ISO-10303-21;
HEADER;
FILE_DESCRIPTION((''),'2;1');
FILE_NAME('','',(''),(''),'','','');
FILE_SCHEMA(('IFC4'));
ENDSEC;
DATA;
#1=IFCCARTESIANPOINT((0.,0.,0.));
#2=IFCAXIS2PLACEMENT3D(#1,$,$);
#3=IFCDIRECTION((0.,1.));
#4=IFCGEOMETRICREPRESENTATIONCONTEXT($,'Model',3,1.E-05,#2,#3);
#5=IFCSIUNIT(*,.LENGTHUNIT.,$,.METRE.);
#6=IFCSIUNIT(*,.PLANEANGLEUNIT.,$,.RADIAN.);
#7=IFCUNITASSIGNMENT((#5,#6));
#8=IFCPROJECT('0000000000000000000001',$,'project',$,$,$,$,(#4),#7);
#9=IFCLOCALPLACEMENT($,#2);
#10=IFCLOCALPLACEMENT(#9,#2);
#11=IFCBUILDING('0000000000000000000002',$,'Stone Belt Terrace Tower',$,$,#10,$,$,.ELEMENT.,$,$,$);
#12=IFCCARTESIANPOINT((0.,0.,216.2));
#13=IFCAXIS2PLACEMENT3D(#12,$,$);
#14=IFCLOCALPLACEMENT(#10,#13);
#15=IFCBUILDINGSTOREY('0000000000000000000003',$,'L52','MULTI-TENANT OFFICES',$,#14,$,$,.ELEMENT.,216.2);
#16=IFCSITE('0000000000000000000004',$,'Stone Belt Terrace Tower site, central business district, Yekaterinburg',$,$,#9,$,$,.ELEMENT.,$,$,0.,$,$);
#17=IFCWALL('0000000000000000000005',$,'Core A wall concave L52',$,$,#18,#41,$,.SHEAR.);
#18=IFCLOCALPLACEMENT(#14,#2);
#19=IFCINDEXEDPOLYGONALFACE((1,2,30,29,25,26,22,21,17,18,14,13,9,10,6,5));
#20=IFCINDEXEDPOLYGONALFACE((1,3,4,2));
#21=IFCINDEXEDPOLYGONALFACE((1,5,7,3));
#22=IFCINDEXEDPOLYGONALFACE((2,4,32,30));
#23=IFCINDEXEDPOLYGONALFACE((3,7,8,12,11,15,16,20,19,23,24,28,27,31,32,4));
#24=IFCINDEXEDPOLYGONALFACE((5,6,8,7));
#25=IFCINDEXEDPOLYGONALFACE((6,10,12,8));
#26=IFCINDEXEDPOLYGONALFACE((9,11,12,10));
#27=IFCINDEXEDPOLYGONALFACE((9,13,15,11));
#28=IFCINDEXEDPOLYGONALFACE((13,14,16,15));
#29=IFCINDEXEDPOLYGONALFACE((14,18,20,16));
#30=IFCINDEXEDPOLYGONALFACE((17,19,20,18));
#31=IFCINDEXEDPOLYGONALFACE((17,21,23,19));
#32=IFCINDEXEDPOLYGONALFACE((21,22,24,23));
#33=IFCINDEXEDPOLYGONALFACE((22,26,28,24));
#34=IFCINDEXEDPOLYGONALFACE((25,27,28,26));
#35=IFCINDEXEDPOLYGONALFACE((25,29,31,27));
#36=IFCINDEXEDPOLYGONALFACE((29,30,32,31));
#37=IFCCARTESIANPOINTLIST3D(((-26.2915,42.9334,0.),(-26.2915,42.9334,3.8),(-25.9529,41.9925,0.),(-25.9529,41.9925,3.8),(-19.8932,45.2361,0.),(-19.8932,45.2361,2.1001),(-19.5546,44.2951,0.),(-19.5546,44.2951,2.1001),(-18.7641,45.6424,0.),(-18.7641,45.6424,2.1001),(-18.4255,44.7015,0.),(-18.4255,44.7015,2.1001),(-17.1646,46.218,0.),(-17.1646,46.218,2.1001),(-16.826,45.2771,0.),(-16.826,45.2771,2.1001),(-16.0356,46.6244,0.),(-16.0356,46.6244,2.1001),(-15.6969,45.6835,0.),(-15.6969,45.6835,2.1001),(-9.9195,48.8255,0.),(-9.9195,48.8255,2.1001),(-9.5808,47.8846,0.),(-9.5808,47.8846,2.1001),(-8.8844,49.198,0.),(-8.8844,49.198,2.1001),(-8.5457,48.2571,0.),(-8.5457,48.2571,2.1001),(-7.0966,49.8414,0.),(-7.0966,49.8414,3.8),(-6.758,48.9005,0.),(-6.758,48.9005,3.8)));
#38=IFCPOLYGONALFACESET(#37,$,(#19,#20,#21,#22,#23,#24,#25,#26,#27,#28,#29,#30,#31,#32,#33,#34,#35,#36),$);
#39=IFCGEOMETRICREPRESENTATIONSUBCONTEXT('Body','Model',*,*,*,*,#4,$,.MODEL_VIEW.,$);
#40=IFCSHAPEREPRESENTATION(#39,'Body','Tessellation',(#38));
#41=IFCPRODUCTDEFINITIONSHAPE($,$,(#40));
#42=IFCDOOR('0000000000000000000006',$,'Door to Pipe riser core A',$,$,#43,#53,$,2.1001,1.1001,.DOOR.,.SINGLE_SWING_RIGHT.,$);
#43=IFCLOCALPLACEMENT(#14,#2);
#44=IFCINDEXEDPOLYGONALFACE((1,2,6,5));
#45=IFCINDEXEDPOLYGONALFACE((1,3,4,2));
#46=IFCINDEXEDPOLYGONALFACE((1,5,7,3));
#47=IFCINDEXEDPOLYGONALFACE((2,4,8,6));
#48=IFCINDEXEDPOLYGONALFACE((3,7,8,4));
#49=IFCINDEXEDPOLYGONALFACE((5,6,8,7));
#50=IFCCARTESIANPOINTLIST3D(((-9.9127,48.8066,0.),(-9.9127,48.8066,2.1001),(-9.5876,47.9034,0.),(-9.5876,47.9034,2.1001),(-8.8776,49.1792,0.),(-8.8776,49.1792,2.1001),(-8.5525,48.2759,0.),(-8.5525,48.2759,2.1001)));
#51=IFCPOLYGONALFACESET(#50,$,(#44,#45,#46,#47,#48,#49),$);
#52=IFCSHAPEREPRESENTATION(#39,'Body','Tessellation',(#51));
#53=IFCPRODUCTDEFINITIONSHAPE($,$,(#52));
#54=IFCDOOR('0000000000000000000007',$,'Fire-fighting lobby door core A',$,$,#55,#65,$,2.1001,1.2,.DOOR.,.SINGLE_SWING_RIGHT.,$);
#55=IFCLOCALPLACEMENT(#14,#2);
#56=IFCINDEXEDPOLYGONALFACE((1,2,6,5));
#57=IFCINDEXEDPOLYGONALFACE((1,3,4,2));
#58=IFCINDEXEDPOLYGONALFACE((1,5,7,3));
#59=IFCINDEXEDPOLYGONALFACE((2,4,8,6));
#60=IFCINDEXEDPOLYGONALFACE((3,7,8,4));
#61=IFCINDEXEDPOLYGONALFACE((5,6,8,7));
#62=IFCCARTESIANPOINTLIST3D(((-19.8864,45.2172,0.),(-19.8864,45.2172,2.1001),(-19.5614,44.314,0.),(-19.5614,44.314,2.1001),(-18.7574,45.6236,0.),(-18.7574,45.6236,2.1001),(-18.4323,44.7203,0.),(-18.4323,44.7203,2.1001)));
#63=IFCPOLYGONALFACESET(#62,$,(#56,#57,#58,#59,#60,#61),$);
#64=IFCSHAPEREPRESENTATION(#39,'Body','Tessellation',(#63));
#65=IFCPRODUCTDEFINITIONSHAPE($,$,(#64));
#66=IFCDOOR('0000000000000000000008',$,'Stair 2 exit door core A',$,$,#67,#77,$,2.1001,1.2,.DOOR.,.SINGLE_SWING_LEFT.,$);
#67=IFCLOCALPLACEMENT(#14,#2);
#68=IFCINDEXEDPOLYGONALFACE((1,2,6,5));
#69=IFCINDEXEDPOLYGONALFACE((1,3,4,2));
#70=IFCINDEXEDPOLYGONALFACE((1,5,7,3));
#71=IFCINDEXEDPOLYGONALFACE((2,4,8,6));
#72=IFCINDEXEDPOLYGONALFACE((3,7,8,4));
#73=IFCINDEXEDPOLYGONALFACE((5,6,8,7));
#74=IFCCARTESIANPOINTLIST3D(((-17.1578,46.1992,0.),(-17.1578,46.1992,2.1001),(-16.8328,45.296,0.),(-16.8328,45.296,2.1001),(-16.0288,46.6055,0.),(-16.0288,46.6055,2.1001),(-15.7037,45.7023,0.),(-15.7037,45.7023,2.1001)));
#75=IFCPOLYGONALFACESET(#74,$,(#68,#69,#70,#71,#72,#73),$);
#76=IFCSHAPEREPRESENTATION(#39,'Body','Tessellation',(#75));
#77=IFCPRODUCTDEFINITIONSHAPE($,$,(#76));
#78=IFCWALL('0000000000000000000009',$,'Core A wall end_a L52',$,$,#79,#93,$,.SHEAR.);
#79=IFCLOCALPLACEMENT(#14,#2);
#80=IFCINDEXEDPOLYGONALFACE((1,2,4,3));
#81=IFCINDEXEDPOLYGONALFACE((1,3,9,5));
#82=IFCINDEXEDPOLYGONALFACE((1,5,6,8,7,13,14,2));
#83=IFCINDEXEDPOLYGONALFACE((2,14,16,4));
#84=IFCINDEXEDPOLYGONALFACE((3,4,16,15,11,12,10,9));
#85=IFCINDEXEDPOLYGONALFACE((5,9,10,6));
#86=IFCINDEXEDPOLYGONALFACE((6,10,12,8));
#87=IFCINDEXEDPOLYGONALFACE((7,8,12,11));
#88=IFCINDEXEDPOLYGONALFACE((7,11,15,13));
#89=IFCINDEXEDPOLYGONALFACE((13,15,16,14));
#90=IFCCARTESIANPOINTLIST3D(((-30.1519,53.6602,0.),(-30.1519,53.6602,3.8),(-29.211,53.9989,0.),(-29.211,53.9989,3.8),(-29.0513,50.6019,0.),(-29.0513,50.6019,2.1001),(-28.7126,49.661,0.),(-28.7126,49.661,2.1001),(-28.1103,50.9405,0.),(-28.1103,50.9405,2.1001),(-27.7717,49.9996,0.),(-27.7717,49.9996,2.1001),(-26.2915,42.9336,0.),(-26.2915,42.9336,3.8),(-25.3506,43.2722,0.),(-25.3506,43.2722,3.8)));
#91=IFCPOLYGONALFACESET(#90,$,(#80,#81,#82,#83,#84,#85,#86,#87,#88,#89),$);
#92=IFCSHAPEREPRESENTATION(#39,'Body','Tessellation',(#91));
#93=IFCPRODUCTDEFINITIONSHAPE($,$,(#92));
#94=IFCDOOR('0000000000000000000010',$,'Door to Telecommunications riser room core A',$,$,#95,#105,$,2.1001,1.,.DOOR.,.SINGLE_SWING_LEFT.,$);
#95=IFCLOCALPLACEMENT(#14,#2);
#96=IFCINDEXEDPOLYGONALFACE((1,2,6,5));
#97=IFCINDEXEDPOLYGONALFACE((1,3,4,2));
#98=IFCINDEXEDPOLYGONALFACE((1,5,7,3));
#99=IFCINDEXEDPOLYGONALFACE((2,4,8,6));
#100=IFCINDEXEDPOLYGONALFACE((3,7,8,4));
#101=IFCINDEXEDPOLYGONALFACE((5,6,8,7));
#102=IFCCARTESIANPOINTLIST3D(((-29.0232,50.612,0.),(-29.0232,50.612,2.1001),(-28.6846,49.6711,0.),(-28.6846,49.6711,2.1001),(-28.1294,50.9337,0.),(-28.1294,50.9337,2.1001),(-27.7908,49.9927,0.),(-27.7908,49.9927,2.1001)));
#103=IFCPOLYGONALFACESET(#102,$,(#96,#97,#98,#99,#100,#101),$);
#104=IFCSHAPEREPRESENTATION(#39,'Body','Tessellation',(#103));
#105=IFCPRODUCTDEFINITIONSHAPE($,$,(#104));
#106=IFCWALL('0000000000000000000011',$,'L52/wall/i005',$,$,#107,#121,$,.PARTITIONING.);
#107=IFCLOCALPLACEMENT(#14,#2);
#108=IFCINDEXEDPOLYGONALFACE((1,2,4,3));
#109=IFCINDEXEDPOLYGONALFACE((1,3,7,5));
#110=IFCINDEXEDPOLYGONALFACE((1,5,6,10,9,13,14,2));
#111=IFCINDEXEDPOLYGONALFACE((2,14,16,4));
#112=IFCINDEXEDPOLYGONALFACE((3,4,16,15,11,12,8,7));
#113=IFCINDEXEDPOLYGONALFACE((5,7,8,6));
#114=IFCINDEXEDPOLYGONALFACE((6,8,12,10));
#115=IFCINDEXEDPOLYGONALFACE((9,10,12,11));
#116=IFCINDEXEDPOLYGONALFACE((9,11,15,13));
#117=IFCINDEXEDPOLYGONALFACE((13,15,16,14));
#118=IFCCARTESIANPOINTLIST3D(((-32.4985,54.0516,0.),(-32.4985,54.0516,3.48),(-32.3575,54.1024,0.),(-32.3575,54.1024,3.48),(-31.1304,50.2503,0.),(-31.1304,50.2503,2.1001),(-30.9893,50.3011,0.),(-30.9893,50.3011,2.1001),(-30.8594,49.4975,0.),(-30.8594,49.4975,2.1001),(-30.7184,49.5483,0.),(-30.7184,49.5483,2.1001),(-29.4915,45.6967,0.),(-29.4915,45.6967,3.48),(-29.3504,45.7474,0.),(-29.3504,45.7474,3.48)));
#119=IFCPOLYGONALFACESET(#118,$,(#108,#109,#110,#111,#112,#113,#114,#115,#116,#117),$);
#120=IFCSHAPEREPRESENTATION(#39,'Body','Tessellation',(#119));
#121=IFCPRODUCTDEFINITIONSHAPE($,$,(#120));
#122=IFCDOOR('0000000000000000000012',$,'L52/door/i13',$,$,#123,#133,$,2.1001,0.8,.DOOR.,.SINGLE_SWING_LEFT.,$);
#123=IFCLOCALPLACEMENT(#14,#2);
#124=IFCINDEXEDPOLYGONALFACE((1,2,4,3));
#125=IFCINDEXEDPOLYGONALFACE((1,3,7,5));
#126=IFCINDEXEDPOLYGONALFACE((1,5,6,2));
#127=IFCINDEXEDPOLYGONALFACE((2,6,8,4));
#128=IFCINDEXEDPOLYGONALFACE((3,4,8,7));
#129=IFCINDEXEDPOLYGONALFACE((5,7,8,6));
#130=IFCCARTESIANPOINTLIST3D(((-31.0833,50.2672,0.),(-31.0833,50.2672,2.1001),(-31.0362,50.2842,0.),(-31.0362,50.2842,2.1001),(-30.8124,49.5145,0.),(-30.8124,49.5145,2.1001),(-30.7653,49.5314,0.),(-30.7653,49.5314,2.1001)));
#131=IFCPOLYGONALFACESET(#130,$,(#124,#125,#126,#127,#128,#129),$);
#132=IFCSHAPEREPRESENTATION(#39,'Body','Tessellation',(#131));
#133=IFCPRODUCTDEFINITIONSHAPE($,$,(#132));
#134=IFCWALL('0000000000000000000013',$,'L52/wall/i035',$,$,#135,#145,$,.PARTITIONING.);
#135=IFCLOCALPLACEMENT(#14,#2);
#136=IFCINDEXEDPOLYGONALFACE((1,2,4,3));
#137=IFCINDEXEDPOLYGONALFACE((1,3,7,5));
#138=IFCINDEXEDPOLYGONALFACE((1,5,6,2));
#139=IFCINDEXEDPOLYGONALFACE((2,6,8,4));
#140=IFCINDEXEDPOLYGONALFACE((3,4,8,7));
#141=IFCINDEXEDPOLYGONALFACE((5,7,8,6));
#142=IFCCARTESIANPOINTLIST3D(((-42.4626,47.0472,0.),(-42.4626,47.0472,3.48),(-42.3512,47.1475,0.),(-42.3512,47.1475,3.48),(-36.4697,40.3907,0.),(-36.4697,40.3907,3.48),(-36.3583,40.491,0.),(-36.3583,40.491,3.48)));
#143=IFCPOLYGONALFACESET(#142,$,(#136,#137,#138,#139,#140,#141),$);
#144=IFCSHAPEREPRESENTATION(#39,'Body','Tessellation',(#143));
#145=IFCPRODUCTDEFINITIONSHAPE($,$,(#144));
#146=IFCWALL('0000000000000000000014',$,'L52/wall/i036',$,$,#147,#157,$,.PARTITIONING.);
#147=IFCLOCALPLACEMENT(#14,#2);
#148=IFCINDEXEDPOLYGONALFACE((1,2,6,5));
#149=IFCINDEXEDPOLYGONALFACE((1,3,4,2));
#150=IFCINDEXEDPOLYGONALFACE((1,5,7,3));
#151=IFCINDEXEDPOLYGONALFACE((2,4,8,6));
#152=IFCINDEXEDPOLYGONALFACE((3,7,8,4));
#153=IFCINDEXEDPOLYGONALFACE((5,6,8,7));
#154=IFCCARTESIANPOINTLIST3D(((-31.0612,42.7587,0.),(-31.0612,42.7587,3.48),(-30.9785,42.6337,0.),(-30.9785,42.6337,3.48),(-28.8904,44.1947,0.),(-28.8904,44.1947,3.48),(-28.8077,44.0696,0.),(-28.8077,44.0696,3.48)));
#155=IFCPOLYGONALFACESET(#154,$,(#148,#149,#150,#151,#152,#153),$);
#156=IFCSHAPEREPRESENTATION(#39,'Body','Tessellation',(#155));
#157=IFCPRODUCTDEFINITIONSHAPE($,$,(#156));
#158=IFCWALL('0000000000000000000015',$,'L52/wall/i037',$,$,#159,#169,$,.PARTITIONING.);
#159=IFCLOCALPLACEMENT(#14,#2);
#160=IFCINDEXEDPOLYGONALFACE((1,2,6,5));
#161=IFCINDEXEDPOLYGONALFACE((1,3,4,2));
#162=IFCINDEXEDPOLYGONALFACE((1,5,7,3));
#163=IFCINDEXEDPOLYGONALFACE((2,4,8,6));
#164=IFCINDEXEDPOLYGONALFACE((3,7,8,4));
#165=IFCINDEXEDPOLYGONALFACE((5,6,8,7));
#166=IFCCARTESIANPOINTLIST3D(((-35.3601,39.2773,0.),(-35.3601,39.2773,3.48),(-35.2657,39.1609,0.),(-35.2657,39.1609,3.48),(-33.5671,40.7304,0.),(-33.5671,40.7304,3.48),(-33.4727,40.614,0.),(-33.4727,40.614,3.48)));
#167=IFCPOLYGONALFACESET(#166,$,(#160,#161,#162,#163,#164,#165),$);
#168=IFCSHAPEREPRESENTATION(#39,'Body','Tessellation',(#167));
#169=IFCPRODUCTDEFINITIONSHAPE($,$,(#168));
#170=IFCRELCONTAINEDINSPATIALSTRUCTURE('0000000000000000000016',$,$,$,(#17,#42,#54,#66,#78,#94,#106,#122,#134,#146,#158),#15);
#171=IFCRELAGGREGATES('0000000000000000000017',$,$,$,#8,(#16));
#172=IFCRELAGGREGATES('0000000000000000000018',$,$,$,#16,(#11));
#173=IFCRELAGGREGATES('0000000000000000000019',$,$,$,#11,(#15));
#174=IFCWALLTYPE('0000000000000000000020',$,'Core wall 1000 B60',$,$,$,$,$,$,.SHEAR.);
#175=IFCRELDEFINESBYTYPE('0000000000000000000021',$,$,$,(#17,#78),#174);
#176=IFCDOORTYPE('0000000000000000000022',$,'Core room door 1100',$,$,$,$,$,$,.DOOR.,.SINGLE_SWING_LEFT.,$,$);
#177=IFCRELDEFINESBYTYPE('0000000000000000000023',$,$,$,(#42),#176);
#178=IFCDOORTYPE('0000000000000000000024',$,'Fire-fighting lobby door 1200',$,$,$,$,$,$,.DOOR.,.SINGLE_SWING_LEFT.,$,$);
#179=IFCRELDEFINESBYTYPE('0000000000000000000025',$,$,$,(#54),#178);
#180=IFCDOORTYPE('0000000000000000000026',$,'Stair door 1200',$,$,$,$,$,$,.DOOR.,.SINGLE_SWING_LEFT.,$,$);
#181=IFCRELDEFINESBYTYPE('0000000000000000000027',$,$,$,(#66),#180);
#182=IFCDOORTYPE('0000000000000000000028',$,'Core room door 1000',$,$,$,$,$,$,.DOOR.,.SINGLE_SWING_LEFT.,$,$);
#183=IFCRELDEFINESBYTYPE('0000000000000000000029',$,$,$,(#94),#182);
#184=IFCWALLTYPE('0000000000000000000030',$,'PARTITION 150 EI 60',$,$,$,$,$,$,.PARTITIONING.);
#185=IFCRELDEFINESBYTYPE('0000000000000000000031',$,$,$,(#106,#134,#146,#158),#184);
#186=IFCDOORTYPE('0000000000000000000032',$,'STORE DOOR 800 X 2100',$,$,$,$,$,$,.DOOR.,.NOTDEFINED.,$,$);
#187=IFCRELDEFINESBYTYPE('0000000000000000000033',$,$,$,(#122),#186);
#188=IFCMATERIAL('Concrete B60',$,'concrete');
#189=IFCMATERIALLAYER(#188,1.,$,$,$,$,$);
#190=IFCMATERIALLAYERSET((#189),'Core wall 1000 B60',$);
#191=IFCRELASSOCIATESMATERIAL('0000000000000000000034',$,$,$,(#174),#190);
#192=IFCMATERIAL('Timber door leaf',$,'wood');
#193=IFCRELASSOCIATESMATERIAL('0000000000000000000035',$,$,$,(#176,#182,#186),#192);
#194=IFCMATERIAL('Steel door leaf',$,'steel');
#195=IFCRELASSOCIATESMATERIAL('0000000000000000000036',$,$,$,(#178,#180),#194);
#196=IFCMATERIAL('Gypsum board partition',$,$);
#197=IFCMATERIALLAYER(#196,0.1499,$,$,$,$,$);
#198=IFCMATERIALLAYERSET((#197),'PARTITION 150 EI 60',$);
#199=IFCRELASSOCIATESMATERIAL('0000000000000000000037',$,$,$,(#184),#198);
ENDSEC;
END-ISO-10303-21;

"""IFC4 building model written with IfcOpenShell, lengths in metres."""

from ifc_helpers import new_model, si_unit, direction, frame, frame_2d, origin, place, context, subcontext, project, spatial, rectangle, extrude, material, layer, layer_set, type_object, element, fill, save


model = new_model("IFC4")

# Units and contexts
model_context = context("Model", 3, precision=1e-05, world=origin(), true_north=direction((0.0, 1.0)))
body_context = subcontext(model_context, "Body", "Model", "MODEL_VIEW")
ifc_project = project(units=[si_unit("LENGTHUNIT", "METRE"), si_unit("PLANEANGLEUNIT", "RADIAN")], contexts=[model_context])

# Site, building, storey
site_placement = place(None, origin())
site = spatial("IfcSite", under=ifc_project, at=site_placement, Name="Stone Belt Terrace Tower site, central business district, Yekaterinburg", CompositionType="ELEMENT", RefElevation=0.0)
building_placement = place(site_placement, origin())
building = spatial("IfcBuilding", under=site, at=building_placement, Name="Stone Belt Terrace Tower", CompositionType="ELEMENT")
storey_placement = place(building_placement, frame((0.0, 0.0, 216.2)))
storey = spatial("IfcBuildingStorey", under=building, at=storey_placement, Name="L52", Description="MULTI-TENANT OFFICES", CompositionType="ELEMENT", Elevation=216.2)

# Shared definitions
ifc_material_1 = material(Name="Concrete B60", Category="concrete")

# Wall, openings, doors
ifc_layer_1 = layer(ifc_material_1, 1.0)
ifc_layer_set_1 = layer_set([ifc_layer_1], Name="Core wall 1000 B60")
wall_type_1 = type_object("IfcWallType", Name="Core wall 1000 B60", PredefinedType="SHEAR", material=ifc_layer_set_1)
wall_1_placement = place(storey_placement, frame((-26.1223, 42.4629, 0.0), z_axis=(0.0, 0.0, 1.0), x_axis=(0.940921, 0.338625, 0.0)))
wall_1 = element("IfcWall", 1, at=wall_1_placement, inside=storey, type_object=wall_type_1, Name="Core A wall concave L52", PredefinedType="SHEAR", context=body_context, shape_type="SweptSolid", body=[
    extrude(rectangle(XDim=20.4001, YDim=1.0, at=frame_2d((10.2002, 0.0))), origin(), (0.0, 0.0, 1.0), 3.8),
])
opening_1_placement = place(wall_1_placement, frame((6.8, 0.0, 0.0)))
opening_1 = element("IfcOpeningElement", 2, at=opening_1_placement, cuts=wall_1, PredefinedType="OPENING", context=body_context, shape_type="SweptSolid", body=[
    extrude(rectangle(XDim=1.2, YDim=2.1001, at=frame_2d((0.6001, 1.05))), frame((0.0, 0.51, 0.0), z_axis=(0.0, -1.0, 0.0), x_axis=(1.0, 0.0, 0.0)), (0.0, 0.0, 1.0), 1.02),
])
opening_2_placement = place(wall_1_placement, frame((9.7, 0.0, 0.0)))
opening_2 = element("IfcOpeningElement", 3, at=opening_2_placement, cuts=wall_1, PredefinedType="OPENING", context=body_context, shape_type="SweptSolid", body=[
    extrude(rectangle(XDim=1.2, YDim=2.1001, at=frame_2d((0.6001, 1.05))), frame((0.0, 0.51, 0.0), z_axis=(0.0, -1.0, 0.0), x_axis=(1.0, 0.0, 0.0)), (0.0, 0.0, 1.0), 1.02),
])
opening_3_placement = place(wall_1_placement, frame((17.4001, 0.0, 0.0)))
opening_3 = element("IfcOpeningElement", 4, at=opening_3_placement, cuts=wall_1, PredefinedType="OPENING", context=body_context, shape_type="SweptSolid", body=[
    extrude(rectangle(XDim=1.1001, YDim=2.1001, at=frame_2d((0.55, 1.05))), frame((0.0, 0.51, 0.0), z_axis=(0.0, -1.0, 0.0), x_axis=(1.0, 0.0, 0.0)), (0.0, 0.0, 1.0), 1.02),
])
ifc_material_2 = material(Name="Timber door leaf", Category="wood")
door_type_1 = type_object("IfcDoorType", Name="Core room door 1100", OperationType="SINGLE_SWING_LEFT", PredefinedType="DOOR", material=ifc_material_2)
door_1_placement = place(opening_3_placement, origin())
door_1 = element("IfcDoor", 5, at=door_1_placement, inside=storey, type_object=door_type_1, Name="Door to Pipe riser core A", OperationType="SINGLE_SWING_RIGHT", OverallHeight=2.1001, OverallWidth=1.1001, PredefinedType="DOOR", context=body_context, shape_type="SweptSolid", body=[
    extrude(rectangle(XDim=1.1001, YDim=2.1001, at=frame_2d((0.55, 1.05))), frame((0.0, 0.48, 0.0), z_axis=(0.0, -1.0, 0.0), x_axis=(1.0, 0.0, 0.0)), (0.0, 0.0, 1.0), 0.96),
])
fill(opening_3, door_1)
ifc_material_3 = material(Name="Steel door leaf", Category="steel")
door_type_2 = type_object("IfcDoorType", Name="Fire-fighting lobby door 1200", OperationType="SINGLE_SWING_LEFT", PredefinedType="DOOR", material=ifc_material_3)
door_2_placement = place(opening_1_placement, origin())
door_2 = element("IfcDoor", 6, at=door_2_placement, inside=storey, type_object=door_type_2, Name="Fire-fighting lobby door core A", OperationType="SINGLE_SWING_RIGHT", OverallHeight=2.1001, OverallWidth=1.2, PredefinedType="DOOR", context=body_context, shape_type="SweptSolid", body=[
    extrude(rectangle(XDim=1.2, YDim=2.1001, at=frame_2d((0.6001, 1.05))), frame((0.0, 0.48, 0.0), z_axis=(0.0, -1.0, 0.0), x_axis=(1.0, 0.0, 0.0)), (0.0, 0.0, 1.0), 0.96),
])
fill(opening_1, door_2)
door_type_3 = type_object("IfcDoorType", Name="Stair door 1200", OperationType="SINGLE_SWING_LEFT", PredefinedType="DOOR", material=ifc_material_3)
door_3_placement = place(opening_2_placement, origin())
door_3 = element("IfcDoor", 7, at=door_3_placement, inside=storey, type_object=door_type_3, Name="Stair 2 exit door core A", OperationType="SINGLE_SWING_LEFT", OverallHeight=2.1001, OverallWidth=1.2, PredefinedType="DOOR", context=body_context, shape_type="SweptSolid", body=[
    extrude(rectangle(XDim=1.2, YDim=2.1001, at=frame_2d((0.6001, 1.05))), frame((0.0, 0.48, 0.0), z_axis=(0.0, -1.0, 0.0), x_axis=(1.0, 0.0, 0.0)), (0.0, 0.0, 1.0), 0.96),
])
fill(opening_2, door_3)

# Walls, openings, doors
wall_2_placement = place(storey_placement, frame((-25.821, 43.1028, 0.0), z_axis=(0.0, 0.0, 1.0), x_axis=(-0.338625, 0.940921, 0.0)))
wall_2 = element("IfcWall", 8, at=wall_2_placement, inside=storey, type_object=wall_type_1, Name="Core A wall end_a L52", PredefinedType="SHEAR", context=body_context, shape_type="SweptSolid", body=[
    extrude(rectangle(XDim=11.4001, YDim=1.0, at=frame_2d((5.7002, 0.0))), origin(), (0.0, 0.0, 1.0), 3.8),
])
opening_4_placement = place(wall_2_placement, frame((7.1499, 0.0, 0.0)))
opening_4 = element("IfcOpeningElement", 9, at=opening_4_placement, cuts=wall_2, PredefinedType="OPENING", context=body_context, shape_type="SweptSolid", body=[
    extrude(rectangle(XDim=1.0, YDim=2.1001, at=frame_2d((0.5, 1.05))), frame((0.0, 0.51, 0.0), z_axis=(0.0, -1.0, 0.0), x_axis=(1.0, 0.0, 0.0)), (0.0, 0.0, 1.0), 1.02),
])
door_type_4 = type_object("IfcDoorType", Name="Core room door 1000", OperationType="SINGLE_SWING_LEFT", PredefinedType="DOOR", material=ifc_material_2)
door_4_placement = place(opening_4_placement, origin())
door_4 = element("IfcDoor", 10, at=door_4_placement, inside=storey, type_object=door_type_4, Name="Door to Telecommunications riser room core A", OperationType="SINGLE_SWING_LEFT", OverallHeight=2.1001, OverallWidth=1.0, PredefinedType="DOOR", context=body_context, shape_type="SweptSolid", body=[
    extrude(rectangle(XDim=1.0, YDim=2.1001, at=frame_2d((0.5, 1.05))), frame((0.0, 0.4702, 0.0), z_axis=(0.0, -1.0, 0.0), x_axis=(1.0, 0.0, 0.0)), (0.0, 0.0, 1.0), 0.95),
])
fill(opening_4, door_4)
ifc_material_4 = material(Name="Gypsum board partition")
ifc_layer_2 = layer(ifc_material_4, 0.1499)
ifc_layer_set_2 = layer_set([ifc_layer_2], Name="PARTITION 150 EI 60")
wall_type_2 = type_object("IfcWallType", Name="PARTITION 150 EI 60", PredefinedType="PARTITIONING", material=ifc_layer_set_2)
wall_3_placement = place(storey_placement, frame((-29.4209, 45.7219, 0.0), z_axis=(0.0, 0.0, 1.0), x_axis=(-0.338648, 0.940913, 0.0)))
wall_3 = element("IfcWall", 11, at=wall_3_placement, inside=storey, type_object=wall_type_2, Name="L52/wall/i005", PredefinedType="PARTITIONING", context=body_context, shape_type="SweptSolid", body=[
    extrude(rectangle(XDim=8.8796, YDim=0.1499, at=frame_2d((4.4399, 0.0))), origin(), (0.0, 0.0, 1.0), 3.48),
])
opening_5_placement = place(wall_3_placement, frame((4.0398, 0.0, 0.0)))
opening_5 = element("IfcOpeningElement", 12, at=opening_5_placement, cuts=wall_3, PredefinedType="OPENING", context=body_context, shape_type="SweptSolid", body=[
    extrude(rectangle(XDim=0.8, YDim=2.1001, at=frame_2d((0.3999, 1.05))), frame((0.0, 0.085, 0.0), z_axis=(0.0, -1.0, 0.0), x_axis=(1.0, 0.0, 0.0)), (0.0, 0.0, 1.0), 0.1699),
])
door_type_5 = type_object("IfcDoorType", Name="STORE DOOR 800 X 2100", OperationType="NOTDEFINED", PredefinedType="DOOR", material=ifc_material_2)
door_5_placement = place(opening_5_placement, origin())
door_5 = element("IfcDoor", 13, at=door_5_placement, inside=storey, type_object=door_type_5, Name="L52/door/i13", OperationType="SINGLE_SWING_LEFT", OverallHeight=2.1001, OverallWidth=0.8, PredefinedType="DOOR", context=body_context, shape_type="SweptSolid", body=[
    extrude(rectangle(XDim=0.8, YDim=2.1001, at=frame_2d((0.3999, 1.05))), frame((0.0, 0.0249, 0.0), z_axis=(0.0, -1.0, 0.0), x_axis=(1.0, 0.0, 0.0)), (0.0, 0.0, 1.0), 0.05),
])
fill(opening_5, door_5)

# Walls
wall_4_placement = place(storey_placement, frame((-42.407, 47.0974, 0.0), z_axis=(0.0, 0.0, 1.0), x_axis=(0.669093, -0.743179, 0.0)))
element("IfcWall", 14, at=wall_4_placement, inside=storey, type_object=wall_type_2, Name="L52/wall/i035", PredefinedType="PARTITIONING", context=body_context, shape_type="SweptSolid", body=[
    extrude(rectangle(XDim=8.9568, YDim=0.1499, at=frame_2d((4.4785, 0.0))), origin(), (0.0, 0.0, 1.0), 3.48),
])
wall_5_placement = place(storey_placement, frame((-28.8491, 44.1321, 0.0), z_axis=(0.0, 0.0, 1.0), x_axis=(-0.834036, -0.55171, 0.0)))
element("IfcWall", 15, at=wall_5_placement, inside=storey, type_object=wall_type_2, Name="L52/wall/i036", PredefinedType="PARTITIONING", context=body_context, shape_type="SweptSolid", body=[
    extrude(rectangle(XDim=2.6028, YDim=0.1499, at=frame_2d((1.3013, 0.0))), origin(), (0.0, 0.0, 1.0), 3.48),
])
wall_6_placement = place(storey_placement, frame((-33.52, 40.6721, 0.0), z_axis=(0.0, 0.0, 1.0), x_axis=(-0.77689, -0.629636, 0.0)))
element("IfcWall", 16, at=wall_6_placement, inside=storey, type_object=wall_type_2, Name="L52/wall/i037", PredefinedType="PARTITIONING", context=body_context, shape_type="SweptSolid", body=[
    extrude(rectangle(XDim=2.3079, YDim=0.1499, at=frame_2d((1.1538, 0.0))), origin(), (0.0, 0.0, 1.0), 3.48),
])

save(model, "model.ifc")
